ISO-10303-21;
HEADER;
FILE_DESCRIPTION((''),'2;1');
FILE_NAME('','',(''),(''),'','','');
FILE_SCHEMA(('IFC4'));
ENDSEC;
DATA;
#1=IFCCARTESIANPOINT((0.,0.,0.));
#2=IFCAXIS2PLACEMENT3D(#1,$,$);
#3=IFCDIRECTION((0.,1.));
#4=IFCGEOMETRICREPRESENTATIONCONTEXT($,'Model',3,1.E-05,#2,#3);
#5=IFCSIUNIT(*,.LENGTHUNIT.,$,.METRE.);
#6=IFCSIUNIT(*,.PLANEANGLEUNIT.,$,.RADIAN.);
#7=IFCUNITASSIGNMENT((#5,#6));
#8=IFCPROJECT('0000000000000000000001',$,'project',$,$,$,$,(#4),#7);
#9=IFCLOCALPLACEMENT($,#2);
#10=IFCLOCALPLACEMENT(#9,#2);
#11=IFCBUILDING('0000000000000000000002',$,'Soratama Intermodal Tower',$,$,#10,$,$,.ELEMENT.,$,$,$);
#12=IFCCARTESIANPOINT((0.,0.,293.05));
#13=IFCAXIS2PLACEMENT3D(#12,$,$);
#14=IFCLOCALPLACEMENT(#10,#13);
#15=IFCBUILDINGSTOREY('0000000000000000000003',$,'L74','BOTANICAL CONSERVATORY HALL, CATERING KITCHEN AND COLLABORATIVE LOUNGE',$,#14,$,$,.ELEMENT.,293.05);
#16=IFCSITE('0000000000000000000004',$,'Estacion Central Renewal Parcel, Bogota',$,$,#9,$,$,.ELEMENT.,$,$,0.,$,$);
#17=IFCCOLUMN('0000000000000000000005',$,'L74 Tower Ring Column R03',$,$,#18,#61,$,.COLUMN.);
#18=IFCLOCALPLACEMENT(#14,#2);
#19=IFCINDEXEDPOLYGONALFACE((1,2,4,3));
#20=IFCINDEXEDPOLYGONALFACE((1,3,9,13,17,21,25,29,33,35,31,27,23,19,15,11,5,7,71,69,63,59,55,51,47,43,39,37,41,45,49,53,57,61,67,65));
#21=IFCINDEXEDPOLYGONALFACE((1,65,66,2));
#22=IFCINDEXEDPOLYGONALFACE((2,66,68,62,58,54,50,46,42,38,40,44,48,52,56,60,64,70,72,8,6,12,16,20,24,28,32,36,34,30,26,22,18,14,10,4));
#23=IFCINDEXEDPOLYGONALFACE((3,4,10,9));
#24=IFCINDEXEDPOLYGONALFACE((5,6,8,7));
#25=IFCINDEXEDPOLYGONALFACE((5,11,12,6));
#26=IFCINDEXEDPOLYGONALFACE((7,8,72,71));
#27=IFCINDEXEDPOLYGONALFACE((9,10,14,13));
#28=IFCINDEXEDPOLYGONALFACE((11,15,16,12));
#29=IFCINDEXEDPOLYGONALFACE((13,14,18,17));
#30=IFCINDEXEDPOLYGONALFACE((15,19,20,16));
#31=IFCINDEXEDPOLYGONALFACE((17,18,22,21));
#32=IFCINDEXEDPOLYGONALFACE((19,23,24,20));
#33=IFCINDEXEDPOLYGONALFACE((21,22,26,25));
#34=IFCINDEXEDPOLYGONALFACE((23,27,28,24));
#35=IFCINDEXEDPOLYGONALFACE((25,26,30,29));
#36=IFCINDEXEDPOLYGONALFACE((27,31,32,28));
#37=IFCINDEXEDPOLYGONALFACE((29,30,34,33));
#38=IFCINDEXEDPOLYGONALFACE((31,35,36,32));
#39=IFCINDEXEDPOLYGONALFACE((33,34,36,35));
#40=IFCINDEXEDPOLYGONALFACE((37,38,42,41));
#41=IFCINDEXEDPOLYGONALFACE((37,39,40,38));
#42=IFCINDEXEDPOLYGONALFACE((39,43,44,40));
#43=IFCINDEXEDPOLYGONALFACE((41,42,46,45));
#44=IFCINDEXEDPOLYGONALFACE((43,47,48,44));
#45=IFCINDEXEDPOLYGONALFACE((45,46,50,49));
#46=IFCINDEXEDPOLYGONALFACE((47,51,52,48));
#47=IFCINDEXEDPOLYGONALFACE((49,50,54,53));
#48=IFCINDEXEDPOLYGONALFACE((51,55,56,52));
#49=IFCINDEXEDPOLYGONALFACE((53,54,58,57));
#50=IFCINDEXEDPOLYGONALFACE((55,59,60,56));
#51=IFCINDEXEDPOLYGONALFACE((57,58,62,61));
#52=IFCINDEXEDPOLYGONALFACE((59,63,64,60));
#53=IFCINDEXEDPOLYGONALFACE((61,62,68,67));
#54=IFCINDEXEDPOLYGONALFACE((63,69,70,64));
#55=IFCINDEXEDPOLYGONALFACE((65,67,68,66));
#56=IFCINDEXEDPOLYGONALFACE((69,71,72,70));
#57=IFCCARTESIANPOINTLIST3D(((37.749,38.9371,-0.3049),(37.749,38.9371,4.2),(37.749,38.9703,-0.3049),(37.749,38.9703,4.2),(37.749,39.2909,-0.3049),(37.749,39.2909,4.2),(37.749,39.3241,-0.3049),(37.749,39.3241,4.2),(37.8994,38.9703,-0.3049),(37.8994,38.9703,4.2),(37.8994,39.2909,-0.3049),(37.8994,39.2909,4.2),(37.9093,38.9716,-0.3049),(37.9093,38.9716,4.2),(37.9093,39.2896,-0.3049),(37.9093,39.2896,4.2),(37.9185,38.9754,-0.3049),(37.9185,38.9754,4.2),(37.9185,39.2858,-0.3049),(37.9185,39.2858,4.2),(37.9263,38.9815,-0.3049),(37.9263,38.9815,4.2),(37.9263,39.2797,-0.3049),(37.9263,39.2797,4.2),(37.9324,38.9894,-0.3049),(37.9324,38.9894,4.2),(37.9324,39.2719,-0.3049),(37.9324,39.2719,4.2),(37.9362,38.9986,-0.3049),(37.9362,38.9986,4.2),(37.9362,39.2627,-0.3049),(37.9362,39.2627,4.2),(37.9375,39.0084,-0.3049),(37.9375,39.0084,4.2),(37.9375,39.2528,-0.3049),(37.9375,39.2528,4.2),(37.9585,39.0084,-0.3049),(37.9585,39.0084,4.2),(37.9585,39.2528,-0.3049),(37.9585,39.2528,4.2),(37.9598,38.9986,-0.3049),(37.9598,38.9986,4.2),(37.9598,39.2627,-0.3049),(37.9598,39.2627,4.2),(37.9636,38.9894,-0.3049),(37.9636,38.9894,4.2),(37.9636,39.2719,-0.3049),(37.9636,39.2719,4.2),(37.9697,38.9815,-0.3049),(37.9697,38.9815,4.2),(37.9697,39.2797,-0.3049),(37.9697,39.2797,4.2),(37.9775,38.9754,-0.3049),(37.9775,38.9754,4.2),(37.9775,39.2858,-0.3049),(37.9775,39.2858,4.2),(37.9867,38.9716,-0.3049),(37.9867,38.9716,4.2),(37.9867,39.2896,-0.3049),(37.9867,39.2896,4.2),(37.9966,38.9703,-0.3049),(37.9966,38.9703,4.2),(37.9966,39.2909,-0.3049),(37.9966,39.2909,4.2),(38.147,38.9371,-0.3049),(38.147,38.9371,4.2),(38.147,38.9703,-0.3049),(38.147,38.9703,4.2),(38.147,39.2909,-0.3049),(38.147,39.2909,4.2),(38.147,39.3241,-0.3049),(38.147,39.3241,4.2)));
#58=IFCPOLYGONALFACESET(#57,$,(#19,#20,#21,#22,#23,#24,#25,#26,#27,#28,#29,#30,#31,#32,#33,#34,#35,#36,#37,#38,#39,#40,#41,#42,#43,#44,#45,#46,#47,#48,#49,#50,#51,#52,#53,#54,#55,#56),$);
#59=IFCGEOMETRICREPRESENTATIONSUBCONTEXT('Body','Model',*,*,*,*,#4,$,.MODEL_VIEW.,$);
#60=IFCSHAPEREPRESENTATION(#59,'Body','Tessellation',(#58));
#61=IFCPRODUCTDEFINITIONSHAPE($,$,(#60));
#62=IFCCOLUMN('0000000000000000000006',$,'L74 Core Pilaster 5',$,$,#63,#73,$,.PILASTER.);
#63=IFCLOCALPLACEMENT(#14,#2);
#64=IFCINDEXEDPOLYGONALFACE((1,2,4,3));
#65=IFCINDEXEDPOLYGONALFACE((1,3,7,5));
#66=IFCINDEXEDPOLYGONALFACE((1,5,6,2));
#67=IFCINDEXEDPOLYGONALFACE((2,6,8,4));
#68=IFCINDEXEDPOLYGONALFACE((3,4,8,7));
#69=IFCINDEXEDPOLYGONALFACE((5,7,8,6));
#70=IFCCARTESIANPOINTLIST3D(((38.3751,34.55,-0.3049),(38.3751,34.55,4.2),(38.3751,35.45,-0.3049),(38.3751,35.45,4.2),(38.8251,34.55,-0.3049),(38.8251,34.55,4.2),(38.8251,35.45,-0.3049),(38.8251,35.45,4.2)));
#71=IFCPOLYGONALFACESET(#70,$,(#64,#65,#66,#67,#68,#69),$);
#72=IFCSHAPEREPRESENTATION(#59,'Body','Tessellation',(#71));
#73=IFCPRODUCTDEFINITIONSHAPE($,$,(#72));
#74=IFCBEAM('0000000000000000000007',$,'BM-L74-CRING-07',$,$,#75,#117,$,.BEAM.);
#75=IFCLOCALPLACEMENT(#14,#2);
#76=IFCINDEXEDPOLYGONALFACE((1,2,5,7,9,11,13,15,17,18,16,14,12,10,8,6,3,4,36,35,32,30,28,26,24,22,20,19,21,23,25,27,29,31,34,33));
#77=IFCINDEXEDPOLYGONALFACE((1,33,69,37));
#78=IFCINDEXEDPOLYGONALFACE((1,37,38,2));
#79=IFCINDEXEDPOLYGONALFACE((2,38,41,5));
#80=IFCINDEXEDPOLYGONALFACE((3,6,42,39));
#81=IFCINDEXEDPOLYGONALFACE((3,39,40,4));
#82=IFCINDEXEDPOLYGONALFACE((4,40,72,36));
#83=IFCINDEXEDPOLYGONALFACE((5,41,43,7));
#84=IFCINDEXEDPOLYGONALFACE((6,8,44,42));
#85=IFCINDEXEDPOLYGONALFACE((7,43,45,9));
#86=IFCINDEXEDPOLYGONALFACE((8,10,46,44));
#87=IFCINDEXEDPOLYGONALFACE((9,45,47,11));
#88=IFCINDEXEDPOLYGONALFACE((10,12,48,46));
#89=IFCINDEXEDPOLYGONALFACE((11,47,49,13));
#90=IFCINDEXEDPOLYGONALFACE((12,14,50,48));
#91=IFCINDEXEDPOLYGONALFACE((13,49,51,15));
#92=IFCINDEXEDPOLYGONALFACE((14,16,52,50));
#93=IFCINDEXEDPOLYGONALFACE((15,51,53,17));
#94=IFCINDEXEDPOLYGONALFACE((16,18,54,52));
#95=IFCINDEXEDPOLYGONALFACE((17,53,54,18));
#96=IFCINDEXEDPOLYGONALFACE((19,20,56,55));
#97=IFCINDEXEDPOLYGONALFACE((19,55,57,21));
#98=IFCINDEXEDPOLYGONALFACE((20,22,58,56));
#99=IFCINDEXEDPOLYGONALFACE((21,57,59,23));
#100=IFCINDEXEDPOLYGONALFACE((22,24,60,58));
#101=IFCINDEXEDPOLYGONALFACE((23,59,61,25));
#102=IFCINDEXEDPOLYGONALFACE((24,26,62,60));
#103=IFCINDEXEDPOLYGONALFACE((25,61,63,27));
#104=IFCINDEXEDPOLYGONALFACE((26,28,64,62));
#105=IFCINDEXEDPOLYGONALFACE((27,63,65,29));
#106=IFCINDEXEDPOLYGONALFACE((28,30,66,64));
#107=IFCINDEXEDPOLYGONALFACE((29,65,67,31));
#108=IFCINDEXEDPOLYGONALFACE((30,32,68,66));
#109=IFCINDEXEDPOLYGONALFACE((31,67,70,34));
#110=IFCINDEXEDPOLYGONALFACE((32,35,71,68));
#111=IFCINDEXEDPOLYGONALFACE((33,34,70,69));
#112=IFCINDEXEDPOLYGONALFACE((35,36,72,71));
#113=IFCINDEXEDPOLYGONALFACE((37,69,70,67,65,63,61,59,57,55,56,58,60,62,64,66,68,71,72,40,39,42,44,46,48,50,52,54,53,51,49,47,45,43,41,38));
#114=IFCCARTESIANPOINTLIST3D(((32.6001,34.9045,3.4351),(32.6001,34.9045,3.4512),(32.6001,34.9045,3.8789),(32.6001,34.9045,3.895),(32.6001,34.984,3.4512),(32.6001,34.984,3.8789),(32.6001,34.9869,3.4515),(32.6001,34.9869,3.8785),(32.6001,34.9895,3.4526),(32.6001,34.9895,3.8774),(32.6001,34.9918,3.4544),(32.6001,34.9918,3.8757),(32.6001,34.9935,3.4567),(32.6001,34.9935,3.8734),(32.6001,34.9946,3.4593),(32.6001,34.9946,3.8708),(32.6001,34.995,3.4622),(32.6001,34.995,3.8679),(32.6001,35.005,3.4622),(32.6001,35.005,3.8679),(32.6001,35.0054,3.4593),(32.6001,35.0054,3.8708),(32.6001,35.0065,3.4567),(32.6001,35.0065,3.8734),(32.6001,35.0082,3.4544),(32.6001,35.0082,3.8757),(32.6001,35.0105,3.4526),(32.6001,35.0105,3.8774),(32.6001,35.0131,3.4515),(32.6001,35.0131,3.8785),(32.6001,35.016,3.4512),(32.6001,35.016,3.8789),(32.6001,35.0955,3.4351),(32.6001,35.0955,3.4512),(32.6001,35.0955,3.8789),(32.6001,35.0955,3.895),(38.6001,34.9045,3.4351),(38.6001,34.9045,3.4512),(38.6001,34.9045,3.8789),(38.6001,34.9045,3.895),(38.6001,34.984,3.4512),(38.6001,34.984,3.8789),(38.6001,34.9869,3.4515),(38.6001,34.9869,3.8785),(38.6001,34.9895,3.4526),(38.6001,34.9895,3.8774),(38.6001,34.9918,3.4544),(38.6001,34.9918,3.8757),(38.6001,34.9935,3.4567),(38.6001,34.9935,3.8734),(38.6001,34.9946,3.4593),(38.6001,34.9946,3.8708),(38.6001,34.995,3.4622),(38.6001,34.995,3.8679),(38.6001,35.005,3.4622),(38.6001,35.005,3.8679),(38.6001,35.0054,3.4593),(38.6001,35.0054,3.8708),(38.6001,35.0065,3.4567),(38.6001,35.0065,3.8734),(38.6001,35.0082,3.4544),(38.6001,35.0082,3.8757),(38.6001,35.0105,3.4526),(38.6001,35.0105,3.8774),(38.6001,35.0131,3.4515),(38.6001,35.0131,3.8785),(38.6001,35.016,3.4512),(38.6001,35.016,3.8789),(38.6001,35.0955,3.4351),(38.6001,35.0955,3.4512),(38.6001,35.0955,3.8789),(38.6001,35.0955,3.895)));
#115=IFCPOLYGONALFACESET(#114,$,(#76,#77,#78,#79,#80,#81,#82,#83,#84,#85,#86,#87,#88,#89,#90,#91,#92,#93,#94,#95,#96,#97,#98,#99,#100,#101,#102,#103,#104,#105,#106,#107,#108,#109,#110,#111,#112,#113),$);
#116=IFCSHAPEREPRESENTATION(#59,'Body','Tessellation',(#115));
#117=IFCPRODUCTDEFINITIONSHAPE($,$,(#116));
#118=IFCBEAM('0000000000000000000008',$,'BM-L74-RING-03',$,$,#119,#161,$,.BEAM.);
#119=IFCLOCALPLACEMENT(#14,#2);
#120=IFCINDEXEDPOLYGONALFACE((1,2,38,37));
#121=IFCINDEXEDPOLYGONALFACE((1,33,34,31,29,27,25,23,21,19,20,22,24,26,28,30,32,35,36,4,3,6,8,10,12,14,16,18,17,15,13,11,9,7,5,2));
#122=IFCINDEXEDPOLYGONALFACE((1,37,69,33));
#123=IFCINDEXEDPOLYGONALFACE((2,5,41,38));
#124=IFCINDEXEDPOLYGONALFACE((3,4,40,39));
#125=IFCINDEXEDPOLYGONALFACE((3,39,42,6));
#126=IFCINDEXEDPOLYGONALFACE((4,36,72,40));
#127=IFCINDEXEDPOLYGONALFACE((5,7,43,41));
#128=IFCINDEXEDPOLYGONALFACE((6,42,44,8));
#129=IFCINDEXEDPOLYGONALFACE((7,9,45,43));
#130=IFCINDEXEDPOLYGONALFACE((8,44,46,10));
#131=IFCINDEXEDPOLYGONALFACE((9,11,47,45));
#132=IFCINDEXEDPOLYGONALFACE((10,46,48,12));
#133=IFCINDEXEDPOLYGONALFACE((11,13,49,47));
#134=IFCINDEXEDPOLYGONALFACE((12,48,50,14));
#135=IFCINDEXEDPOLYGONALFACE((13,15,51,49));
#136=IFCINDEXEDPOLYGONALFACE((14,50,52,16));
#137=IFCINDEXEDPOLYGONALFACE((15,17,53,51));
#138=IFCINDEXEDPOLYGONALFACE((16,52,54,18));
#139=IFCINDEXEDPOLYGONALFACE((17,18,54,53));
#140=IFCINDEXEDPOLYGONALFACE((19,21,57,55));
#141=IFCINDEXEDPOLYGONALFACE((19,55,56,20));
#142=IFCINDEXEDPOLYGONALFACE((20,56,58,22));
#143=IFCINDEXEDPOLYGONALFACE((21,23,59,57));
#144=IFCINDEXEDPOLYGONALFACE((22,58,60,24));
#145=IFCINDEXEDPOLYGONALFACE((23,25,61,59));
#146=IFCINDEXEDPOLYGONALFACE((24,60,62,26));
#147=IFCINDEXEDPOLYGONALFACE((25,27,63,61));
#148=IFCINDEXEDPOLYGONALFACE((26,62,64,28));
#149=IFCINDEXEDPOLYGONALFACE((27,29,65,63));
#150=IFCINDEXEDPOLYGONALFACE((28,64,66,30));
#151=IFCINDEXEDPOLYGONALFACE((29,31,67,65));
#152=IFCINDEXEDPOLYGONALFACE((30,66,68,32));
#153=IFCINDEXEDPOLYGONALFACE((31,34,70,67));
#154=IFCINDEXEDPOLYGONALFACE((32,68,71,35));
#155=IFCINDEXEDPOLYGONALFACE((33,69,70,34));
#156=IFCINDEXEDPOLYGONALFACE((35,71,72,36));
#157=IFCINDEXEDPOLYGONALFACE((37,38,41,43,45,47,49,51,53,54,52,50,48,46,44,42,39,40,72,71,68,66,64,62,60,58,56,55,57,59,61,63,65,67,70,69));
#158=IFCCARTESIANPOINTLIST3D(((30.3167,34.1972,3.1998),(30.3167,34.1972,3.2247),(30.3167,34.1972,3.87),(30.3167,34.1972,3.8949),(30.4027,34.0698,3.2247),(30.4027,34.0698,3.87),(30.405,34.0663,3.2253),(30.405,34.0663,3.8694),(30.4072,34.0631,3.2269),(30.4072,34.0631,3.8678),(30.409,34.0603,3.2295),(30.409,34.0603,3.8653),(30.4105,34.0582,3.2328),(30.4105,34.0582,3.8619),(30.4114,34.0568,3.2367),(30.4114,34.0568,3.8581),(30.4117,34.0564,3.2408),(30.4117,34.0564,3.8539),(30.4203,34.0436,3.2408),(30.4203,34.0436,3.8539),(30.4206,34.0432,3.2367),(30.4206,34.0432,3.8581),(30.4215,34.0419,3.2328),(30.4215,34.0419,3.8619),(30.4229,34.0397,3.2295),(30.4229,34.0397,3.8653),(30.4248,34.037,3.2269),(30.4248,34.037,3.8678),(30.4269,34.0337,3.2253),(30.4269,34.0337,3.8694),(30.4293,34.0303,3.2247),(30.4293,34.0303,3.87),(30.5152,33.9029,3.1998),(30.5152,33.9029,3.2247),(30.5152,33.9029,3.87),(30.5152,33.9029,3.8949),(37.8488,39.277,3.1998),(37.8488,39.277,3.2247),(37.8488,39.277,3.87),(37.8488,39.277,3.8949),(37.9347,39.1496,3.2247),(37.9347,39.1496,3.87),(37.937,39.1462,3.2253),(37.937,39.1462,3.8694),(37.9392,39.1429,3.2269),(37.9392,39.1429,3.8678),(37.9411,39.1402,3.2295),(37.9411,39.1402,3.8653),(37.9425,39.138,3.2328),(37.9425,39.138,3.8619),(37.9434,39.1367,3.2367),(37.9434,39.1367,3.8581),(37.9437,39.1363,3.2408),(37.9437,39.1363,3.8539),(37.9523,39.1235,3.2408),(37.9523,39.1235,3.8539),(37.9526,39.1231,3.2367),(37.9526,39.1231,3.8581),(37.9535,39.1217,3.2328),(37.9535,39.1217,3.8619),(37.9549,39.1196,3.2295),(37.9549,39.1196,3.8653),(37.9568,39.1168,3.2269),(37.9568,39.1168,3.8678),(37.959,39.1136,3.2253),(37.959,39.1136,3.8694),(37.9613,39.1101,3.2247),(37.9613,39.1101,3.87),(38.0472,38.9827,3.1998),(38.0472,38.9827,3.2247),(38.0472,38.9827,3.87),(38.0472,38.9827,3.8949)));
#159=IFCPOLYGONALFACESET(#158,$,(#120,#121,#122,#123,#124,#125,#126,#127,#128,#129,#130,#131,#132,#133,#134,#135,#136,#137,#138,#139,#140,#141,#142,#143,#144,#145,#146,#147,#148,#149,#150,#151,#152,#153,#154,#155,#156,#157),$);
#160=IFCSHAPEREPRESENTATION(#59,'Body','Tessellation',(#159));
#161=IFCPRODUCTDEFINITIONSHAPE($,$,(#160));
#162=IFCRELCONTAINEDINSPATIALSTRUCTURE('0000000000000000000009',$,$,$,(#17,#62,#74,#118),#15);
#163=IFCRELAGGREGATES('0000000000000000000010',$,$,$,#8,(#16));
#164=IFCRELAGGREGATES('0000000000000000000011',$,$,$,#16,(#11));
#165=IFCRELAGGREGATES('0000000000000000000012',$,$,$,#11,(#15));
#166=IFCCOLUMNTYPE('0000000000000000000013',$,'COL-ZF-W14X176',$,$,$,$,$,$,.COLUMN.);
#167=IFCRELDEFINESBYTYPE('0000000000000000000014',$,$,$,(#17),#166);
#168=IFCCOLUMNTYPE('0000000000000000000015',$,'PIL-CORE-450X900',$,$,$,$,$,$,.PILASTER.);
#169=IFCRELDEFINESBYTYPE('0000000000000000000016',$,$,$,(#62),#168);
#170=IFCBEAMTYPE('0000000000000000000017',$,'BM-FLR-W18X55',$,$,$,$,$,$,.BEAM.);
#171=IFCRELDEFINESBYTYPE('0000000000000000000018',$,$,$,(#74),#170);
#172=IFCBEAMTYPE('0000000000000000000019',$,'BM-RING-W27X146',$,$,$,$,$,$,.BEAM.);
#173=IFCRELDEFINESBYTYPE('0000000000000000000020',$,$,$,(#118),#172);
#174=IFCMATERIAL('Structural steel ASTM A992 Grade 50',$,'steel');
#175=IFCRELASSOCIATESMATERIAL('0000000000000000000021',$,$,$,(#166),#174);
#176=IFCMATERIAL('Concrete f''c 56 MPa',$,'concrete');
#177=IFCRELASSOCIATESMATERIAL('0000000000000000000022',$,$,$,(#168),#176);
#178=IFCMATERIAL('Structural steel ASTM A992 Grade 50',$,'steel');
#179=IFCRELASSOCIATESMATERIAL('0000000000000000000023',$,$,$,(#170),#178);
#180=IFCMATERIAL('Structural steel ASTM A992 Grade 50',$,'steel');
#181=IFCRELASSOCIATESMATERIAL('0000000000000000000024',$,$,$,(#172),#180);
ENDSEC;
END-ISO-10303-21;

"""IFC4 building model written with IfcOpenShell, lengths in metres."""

from ifc_helpers import new_model, si_unit, direction, frame, origin, origin_2d, place, context, subcontext, project, spatial, rectangle, i_section, extrude, material, material_profile, profile_set, type_object, element, save


model = new_model("IFC4")

# Units and contexts
model_context = context("Model", 3, precision=1e-05, world=origin(), true_north=direction((0.0, 1.0)))
body_context = subcontext(model_context, "Body", "Model", "MODEL_VIEW")
ifc_project = project(units=[si_unit("LENGTHUNIT", "METRE"), si_unit("PLANEANGLEUNIT", "RADIAN")], contexts=[model_context])

# Site, building, storey
site_placement = place(None, origin())
site = spatial("IfcSite", under=ifc_project, at=site_placement, Name="Estacion Central Renewal Parcel, Bogota", CompositionType="ELEMENT", RefElevation=0.0)
building_placement = place(site_placement, origin())
building = spatial("IfcBuilding", under=site, at=building_placement, Name="Soratama Intermodal Tower", CompositionType="ELEMENT")
storey_placement = place(building_placement, frame((0.0, 0.0, 293.05)))
storey = spatial("IfcBuildingStorey", under=building, at=storey_placement, Name="L74", Description="BOTANICAL CONSERVATORY HALL, CATERING KITCHEN AND COLLABORATIVE LOUNGE", CompositionType="ELEMENT", Elevation=293.05)

# Columns
ifc_material_1 = material(Name="Structural steel ASTM A992 Grade 50", Category="steel")
ifc_material_profile_1 = material_profile(ifc_material_1, i_section(OverallWidth=0.3979, OverallDepth=0.387, WebThickness=0.021, FlangeThickness=0.0332, FilletRadius=0.0381, at=origin_2d()), Name="W14X176")
ifc_profile_set_1 = profile_set([ifc_material_profile_1], Name="Structural steel ASTM A992 Grade 50")
column_type_1 = type_object("IfcColumnType", Name="COL-ZF-W14X176", PredefinedType="COLUMN", material=ifc_profile_set_1)
column_1_placement = place(storey_placement, frame((37.948, 39.1306, -0.3049), z_axis=(0.0, 0.0, 1.0), x_axis=(1.0, 0.0, 0.0)))
element("IfcColumn", 1, at=column_1_placement, inside=storey, type_object=column_type_1, Name="L74 Tower Ring Column R03", PredefinedType="COLUMN", context=body_context, shape_type="SweptSolid", body=[
    extrude(i_section(OverallWidth=0.3979, OverallDepth=0.387, WebThickness=0.021, FlangeThickness=0.0332, FilletRadius=0.0381, at=origin_2d()), origin(), (0.0, 0.0, 1.0), 4.5049),
])
ifc_material_2 = material(Name="Concrete f'c 56 MPa", Category="concrete")
ifc_material_profile_2 = material_profile(ifc_material_2, rectangle(XDim=0.45, YDim=0.8999, at=origin_2d()), Name="RC450X900")
ifc_profile_set_2 = profile_set([ifc_material_profile_2], Name="Concrete f'c 56 MPa")
column_type_2 = type_object("IfcColumnType", Name="PIL-CORE-450X900", PredefinedType="PILASTER", material=ifc_profile_set_2)
column_2_placement = place(storey_placement, frame((38.6001, 35.0, -0.3049), z_axis=(0.0, 0.0, 1.0), x_axis=(1.0, 0.0, 0.0)))
element("IfcColumn", 2, at=column_2_placement, inside=storey, type_object=column_type_2, Name="L74 Core Pilaster 5", PredefinedType="PILASTER", context=body_context, shape_type="SweptSolid", body=[
    extrude(rectangle(XDim=0.45, YDim=0.8999, at=origin_2d()), origin(), (0.0, 0.0, 1.0), 4.5049),
])

# Beams
ifc_material_3 = material(Name="Structural steel ASTM A992 Grade 50", Category="steel")
ifc_material_profile_3 = material_profile(ifc_material_3, i_section(OverallWidth=0.1909, OverallDepth=0.46, WebThickness=0.01, FlangeThickness=0.0161, FilletRadius=0.011, at=origin_2d()), Name="W18X55")
ifc_profile_set_3 = profile_set([ifc_material_profile_3], Name="Structural steel ASTM A992 Grade 50")
beam_type_1 = type_object("IfcBeamType", Name="BM-FLR-W18X55", PredefinedType="BEAM", material=ifc_profile_set_3)
beam_1_placement = place(storey_placement, frame((38.6001, 35.0, 3.665), z_axis=(-1.0, 0.0, 0.0), x_axis=(0.0, -1.0, 0.0)))
element("IfcBeam", 3, at=beam_1_placement, inside=storey, type_object=beam_type_1, Name="BM-L74-CRING-07", PredefinedType="BEAM", context=body_context, shape_type="SweptSolid", body=[
    extrude(i_section(OverallWidth=0.1909, OverallDepth=0.46, WebThickness=0.01, FlangeThickness=0.0161, FilletRadius=0.011, at=origin_2d()), origin(), (0.0, 0.0, 1.0), 6.0),
])
ifc_material_4 = material(Name="Structural steel ASTM A992 Grade 50", Category="steel")
ifc_material_profile_4 = material_profile(ifc_material_4, i_section(OverallWidth=0.355, OverallDepth=0.6951, WebThickness=0.0154, FlangeThickness=0.0249, FilletRadius=0.0161, at=origin_2d()), Name="W27X146")
ifc_profile_set_4 = profile_set([ifc_material_profile_4], Name="Structural steel ASTM A992 Grade 50")
beam_type_2 = type_object("IfcBeamType", Name="BM-RING-W27X146", PredefinedType="BEAM", material=ifc_profile_set_4)
beam_2_placement = place(storey_placement, frame((37.948, 39.1299, 3.5474), z_axis=(-0.829066, -0.559151, 0.0), x_axis=(0.559151, -0.829066, 0.0)))
element("IfcBeam", 4, at=beam_2_placement, inside=storey, type_object=beam_type_2, Name="BM-L74-RING-03", PredefinedType="BEAM", context=body_context, shape_type="SweptSolid", body=[
    extrude(i_section(OverallWidth=0.355, OverallDepth=0.6951, WebThickness=0.0154, FlangeThickness=0.0249, FilletRadius=0.0161, at=origin_2d()), origin(), (0.0, 0.0, 1.0), 9.085),
])

save(model, "model.ifc")
